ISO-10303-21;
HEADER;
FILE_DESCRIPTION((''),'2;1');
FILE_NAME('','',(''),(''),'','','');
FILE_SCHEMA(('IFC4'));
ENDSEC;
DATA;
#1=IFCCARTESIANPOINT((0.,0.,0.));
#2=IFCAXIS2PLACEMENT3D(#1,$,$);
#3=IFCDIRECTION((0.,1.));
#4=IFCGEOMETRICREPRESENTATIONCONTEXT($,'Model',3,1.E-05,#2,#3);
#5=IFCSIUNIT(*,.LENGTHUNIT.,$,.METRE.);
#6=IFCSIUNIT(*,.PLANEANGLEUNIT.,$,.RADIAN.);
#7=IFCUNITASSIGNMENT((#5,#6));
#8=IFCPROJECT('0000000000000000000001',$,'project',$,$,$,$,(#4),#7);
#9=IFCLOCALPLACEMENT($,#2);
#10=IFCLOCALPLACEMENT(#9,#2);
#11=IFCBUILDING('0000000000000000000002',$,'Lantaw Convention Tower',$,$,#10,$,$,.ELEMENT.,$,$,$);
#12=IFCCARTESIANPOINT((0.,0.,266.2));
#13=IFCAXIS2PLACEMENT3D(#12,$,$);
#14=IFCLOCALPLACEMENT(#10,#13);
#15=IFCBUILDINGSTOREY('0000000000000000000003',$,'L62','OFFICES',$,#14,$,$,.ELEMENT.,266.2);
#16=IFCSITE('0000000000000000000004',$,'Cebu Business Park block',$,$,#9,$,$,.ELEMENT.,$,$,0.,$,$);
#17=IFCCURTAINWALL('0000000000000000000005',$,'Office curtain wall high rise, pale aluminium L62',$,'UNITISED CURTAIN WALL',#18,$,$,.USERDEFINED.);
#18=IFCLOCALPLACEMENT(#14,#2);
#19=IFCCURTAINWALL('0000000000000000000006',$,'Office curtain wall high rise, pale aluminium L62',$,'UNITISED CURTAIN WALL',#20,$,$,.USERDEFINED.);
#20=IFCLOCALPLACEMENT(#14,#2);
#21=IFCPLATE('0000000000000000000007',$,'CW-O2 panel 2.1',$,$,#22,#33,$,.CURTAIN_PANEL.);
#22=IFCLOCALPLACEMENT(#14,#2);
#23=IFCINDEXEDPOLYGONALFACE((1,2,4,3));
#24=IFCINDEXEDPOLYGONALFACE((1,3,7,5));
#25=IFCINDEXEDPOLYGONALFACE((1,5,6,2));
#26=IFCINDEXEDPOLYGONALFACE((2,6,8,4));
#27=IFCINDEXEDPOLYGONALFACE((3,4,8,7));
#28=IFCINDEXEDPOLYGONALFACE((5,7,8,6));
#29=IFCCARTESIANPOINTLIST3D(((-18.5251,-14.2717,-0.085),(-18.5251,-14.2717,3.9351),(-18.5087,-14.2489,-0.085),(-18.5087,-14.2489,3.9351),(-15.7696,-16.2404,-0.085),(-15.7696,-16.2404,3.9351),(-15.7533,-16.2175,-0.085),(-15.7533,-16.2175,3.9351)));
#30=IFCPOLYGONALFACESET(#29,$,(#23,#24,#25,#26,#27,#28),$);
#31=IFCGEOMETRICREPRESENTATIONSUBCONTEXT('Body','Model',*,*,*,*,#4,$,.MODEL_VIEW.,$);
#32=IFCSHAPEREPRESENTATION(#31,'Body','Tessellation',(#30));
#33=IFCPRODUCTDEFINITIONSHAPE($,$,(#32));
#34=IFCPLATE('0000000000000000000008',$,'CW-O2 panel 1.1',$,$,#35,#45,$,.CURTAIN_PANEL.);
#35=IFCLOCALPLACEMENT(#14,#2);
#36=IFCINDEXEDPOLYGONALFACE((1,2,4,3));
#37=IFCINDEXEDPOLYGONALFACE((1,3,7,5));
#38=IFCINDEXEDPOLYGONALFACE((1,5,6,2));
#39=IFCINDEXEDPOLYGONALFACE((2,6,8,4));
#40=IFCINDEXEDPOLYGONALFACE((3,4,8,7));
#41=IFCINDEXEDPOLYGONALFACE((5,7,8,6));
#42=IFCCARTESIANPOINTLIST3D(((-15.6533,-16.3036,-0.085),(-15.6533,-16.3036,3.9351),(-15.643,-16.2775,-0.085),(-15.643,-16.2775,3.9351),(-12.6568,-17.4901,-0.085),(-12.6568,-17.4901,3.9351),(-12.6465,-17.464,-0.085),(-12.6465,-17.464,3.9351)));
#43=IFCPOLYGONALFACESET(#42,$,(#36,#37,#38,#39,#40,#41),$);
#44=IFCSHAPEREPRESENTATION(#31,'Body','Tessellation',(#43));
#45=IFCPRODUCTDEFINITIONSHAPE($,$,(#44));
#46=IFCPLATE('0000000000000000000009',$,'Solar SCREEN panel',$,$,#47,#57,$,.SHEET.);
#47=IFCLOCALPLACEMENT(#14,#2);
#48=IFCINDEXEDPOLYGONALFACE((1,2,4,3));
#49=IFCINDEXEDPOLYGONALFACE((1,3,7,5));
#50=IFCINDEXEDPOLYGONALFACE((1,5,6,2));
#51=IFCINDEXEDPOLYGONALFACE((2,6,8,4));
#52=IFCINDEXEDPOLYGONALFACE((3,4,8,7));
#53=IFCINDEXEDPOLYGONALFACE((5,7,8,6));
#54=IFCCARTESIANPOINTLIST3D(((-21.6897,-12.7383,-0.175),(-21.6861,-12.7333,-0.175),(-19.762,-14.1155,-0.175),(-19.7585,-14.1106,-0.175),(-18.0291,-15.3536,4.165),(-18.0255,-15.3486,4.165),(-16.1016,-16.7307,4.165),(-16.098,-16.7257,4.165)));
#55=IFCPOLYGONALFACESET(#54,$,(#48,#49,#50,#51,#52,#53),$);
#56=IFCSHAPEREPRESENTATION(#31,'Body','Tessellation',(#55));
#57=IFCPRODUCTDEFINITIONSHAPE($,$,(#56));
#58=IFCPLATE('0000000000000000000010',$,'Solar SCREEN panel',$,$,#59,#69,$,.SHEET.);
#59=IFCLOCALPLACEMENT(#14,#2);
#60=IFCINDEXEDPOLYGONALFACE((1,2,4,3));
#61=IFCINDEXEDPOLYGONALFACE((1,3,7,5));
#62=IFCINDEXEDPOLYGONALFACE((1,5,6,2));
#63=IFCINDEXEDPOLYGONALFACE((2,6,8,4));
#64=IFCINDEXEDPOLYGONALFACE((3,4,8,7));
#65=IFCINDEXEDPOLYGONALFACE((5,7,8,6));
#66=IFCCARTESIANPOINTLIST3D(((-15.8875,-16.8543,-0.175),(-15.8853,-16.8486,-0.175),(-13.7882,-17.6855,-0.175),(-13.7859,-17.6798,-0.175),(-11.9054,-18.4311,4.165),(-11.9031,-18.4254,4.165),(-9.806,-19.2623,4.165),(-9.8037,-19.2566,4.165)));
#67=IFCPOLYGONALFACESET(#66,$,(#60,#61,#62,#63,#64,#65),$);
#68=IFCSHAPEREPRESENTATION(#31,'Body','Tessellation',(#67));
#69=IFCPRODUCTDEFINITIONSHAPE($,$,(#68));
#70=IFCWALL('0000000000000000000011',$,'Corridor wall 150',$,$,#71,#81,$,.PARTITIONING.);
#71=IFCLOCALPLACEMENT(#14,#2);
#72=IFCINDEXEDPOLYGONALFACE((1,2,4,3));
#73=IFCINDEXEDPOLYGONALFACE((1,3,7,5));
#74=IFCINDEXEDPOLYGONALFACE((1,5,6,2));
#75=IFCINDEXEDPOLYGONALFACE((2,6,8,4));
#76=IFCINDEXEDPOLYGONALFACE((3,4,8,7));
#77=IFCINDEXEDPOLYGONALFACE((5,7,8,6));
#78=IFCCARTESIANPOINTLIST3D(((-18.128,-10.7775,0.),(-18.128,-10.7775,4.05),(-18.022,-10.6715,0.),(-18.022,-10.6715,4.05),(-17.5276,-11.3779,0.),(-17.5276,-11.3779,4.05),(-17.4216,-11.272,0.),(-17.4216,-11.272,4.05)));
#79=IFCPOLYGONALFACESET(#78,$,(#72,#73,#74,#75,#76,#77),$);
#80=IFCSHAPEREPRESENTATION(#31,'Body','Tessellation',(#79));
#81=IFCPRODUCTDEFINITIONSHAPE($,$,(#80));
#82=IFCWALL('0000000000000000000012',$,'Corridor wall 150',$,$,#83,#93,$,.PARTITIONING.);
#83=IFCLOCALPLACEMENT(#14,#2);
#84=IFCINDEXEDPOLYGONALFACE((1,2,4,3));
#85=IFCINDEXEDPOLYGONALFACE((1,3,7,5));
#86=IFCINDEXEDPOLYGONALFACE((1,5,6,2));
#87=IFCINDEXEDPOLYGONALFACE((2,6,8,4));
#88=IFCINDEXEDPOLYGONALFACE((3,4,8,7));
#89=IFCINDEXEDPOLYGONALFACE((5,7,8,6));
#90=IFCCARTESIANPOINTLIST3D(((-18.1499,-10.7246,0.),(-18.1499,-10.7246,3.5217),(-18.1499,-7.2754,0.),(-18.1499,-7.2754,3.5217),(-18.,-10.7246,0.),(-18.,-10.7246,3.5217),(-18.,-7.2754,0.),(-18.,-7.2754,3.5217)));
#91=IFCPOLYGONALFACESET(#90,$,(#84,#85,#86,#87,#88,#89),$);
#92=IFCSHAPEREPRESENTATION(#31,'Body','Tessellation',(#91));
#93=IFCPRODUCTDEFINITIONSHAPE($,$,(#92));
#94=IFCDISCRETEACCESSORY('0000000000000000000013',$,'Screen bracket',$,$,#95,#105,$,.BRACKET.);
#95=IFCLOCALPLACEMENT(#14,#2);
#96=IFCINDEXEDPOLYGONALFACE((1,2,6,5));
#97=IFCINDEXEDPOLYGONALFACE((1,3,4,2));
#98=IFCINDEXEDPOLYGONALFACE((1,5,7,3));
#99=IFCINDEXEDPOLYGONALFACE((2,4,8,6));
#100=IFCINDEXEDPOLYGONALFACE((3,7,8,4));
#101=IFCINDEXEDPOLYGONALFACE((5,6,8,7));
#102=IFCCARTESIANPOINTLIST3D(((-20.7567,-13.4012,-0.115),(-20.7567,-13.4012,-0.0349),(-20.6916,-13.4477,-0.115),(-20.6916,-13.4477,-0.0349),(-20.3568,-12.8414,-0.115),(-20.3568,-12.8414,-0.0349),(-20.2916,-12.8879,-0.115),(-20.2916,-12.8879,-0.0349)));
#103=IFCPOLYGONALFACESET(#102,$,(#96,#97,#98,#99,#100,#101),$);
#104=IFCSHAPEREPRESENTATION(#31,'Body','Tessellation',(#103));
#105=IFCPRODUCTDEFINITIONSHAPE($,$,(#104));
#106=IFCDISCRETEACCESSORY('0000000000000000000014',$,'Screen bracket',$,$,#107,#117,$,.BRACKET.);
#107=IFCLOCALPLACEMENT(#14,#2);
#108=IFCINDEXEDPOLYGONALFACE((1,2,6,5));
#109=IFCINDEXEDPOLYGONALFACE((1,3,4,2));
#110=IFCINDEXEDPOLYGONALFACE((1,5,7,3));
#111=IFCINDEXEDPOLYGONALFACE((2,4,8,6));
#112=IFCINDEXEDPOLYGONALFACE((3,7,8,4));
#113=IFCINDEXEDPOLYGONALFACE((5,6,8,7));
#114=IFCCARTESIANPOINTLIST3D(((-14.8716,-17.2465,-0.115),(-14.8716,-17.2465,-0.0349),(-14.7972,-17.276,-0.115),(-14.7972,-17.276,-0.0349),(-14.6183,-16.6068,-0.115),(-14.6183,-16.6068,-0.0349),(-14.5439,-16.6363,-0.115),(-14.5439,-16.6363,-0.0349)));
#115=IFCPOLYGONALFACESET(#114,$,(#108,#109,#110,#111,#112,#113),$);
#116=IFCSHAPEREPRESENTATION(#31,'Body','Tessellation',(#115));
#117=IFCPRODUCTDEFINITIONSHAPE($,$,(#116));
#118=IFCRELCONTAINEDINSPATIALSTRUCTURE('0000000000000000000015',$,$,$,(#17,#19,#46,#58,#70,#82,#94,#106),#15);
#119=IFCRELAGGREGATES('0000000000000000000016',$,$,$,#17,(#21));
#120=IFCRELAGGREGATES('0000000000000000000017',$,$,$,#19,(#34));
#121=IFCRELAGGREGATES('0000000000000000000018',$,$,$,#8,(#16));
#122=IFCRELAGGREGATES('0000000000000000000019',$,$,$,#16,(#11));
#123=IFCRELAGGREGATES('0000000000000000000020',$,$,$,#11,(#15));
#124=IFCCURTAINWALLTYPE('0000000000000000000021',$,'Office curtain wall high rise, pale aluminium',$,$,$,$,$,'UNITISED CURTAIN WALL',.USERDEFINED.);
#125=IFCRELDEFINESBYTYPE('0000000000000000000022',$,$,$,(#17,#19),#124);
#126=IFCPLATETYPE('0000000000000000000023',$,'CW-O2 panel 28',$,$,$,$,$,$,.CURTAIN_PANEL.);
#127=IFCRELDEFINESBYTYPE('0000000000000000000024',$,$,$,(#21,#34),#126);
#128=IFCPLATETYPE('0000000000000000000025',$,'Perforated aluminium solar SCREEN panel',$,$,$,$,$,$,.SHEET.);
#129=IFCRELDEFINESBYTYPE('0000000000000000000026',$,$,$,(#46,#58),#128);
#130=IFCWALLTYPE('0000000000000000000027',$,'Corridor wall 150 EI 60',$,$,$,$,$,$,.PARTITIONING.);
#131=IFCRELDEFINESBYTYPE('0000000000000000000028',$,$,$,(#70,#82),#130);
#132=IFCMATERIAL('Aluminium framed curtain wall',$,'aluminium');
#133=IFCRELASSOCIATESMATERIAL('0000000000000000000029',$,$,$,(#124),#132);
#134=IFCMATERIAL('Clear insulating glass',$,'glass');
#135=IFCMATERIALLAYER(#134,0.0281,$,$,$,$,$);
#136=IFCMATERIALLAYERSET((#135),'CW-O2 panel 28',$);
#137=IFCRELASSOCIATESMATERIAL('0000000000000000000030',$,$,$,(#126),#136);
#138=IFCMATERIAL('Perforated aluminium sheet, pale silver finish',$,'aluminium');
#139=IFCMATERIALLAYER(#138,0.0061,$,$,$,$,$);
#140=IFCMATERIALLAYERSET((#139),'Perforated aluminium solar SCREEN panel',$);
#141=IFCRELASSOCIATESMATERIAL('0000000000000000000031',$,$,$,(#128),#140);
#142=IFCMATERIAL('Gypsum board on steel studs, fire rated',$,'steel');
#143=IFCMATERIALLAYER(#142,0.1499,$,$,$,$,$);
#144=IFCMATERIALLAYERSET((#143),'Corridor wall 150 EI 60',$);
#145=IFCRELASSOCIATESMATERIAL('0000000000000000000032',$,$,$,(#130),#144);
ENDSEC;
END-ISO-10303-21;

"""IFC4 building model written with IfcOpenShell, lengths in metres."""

from ifc_helpers import new_model, si_unit, direction, frame, frame_2d, origin, origin_2d, place, context, subcontext, project, spatial, polyline, rectangle, outline, extrude, material, layer, layer_set, type_object, element, aggregate, save


model = new_model("IFC4")

# Units and contexts
model_context = context("Model", 3, precision=1e-05, world=origin(), true_north=direction((0.0, 1.0)))
body_context = subcontext(model_context, "Body", "Model", "MODEL_VIEW")
ifc_project = project(units=[si_unit("LENGTHUNIT", "METRE"), si_unit("PLANEANGLEUNIT", "RADIAN")], contexts=[model_context])

# Site, building, storey
site_placement = place(None, origin())
site = spatial("IfcSite", under=ifc_project, at=site_placement, Name="Cebu Business Park block", CompositionType="ELEMENT", RefElevation=0.0)
building_placement = place(site_placement, origin())
building = spatial("IfcBuilding", under=site, at=building_placement, Name="Lantaw Convention Tower", CompositionType="ELEMENT")
storey_placement = place(building_placement, frame((0.0, 0.0, 266.2)))
storey = spatial("IfcBuildingStorey", under=building, at=storey_placement, Name="L62", Description="OFFICES", CompositionType="ELEMENT", Elevation=266.2)

# Curtain wall
ifc_material_1 = material(Name="Aluminium framed curtain wall", Category="aluminium")
curtain_wall_type = type_object("IfcCurtainWallType", Name="Office curtain wall high rise, pale aluminium", ElementType="UNITISED CURTAIN WALL", PredefinedType="USERDEFINED", material=ifc_material_1)
curtain_wall_1_placement = place(storey_placement, origin())
curtain_wall_1 = element("IfcCurtainWall", 1, at=curtain_wall_1_placement, inside=storey, type_object=curtain_wall_type, Name="Office curtain wall high rise, pale aluminium L62", ObjectType="UNITISED CURTAIN WALL", PredefinedType="USERDEFINED")

# Curtain wall
curtain_wall_2_placement = place(storey_placement, origin())
curtain_wall_2 = element("IfcCurtainWall", 2, at=curtain_wall_2_placement, inside=storey, type_object=curtain_wall_type, Name="Office curtain wall high rise, pale aluminium L62", ObjectType="UNITISED CURTAIN WALL", PredefinedType="USERDEFINED")

# Plates
ifc_material_2 = material(Name="Clear insulating glass", Category="glass")
ifc_layer_1 = layer(ifc_material_2, 0.0281)
ifc_layer_set_1 = layer_set([ifc_layer_1], Name="CW-O2 panel 28")
plate_type_1 = type_object("IfcPlateType", Name="CW-O2 panel 28", PredefinedType="CURTAIN_PANEL", material=ifc_layer_set_1)
plate_1_placement = place(storey_placement, frame((-17.1392, -15.2446, -0.085), z_axis=(0.0, 0.0, 1.0), x_axis=(0.813673, -0.581323, 0.0)))
plate_1 = element("IfcPlate", 3, at=plate_1_placement, type_object=plate_type_1, Name="CW-O2 panel 2.1", PredefinedType="CURTAIN_PANEL", context=body_context, shape_type="SweptSolid", body=[
    extrude(rectangle(XDim=3.3865, YDim=0.0281, at=origin_2d()), origin(), (0.0, 0.0, 1.0), 4.02),
])
aggregate(curtain_wall_1, [plate_1])
plate_2_placement = place(storey_placement, frame((-14.1499, -16.8838, -0.085), z_axis=(0.0, 0.0, 1.0), x_axis=(0.929762, -0.368162, 0.0)))
plate_2 = element("IfcPlate", 4, at=plate_2_placement, type_object=plate_type_1, Name="CW-O2 panel 1.1", PredefinedType="CURTAIN_PANEL", context=body_context, shape_type="SweptSolid", body=[
    extrude(rectangle(XDim=3.2229, YDim=0.0281, at=origin_2d()), origin(), (0.0, 0.0, 1.0), 4.02),
])
aggregate(curtain_wall_2, [plate_2])

# Plates
ifc_material_3 = material(Name="Perforated aluminium sheet, pale silver finish", Category="aluminium")
ifc_layer_2 = layer(ifc_material_3, 0.0061)
ifc_layer_set_2 = layer_set([ifc_layer_2], Name="Perforated aluminium solar SCREEN panel")
plate_type_2 = type_object("IfcPlateType", Name="Perforated aluminium solar SCREEN panel", PredefinedType="SHEET", material=ifc_layer_set_2)
plate_3_placement = place(storey_placement, frame((-21.6897, -12.7383, -0.175), z_axis=(-0.581331, -0.813667, 0.00001), x_axis=(0.813667, -0.581331, 0.0)))
element("IfcPlate", 5, at=plate_3_placement, inside=storey, type_object=plate_type_2, Name="Solar SCREEN panel", PredefinedType="SHEET", context=body_context, shape_type="SweptSolid", body=[
    extrude(outline(polyline([(0.0, 0.0), (2.3691, 0.0), (6.8678, 4.3401), (4.4989, 4.3401), (0.0, 0.0)])), origin(), (0.0, 0.0, -1.0), 0.0061),
])
plate_4_placement = place(storey_placement, frame((-15.8853, -16.8486, -0.175), z_axis=(0.368117, 0.92978, 0.000036), x_axis=(0.92978, -0.368117, 0.0)))
element("IfcPlate", 6, at=plate_4_placement, inside=storey, type_object=plate_type_2, Name="Solar SCREEN panel", PredefinedType="SHEET", context=body_context, shape_type="SweptSolid", body=[
    extrude(outline(polyline([(0.0, 0.0), (2.2579, 0.0), (6.5409, -4.3401), (4.2829, -4.3401), (0.0, 0.0)])), origin(), (0.0, 0.0, -1.0), 0.0061),
])

# Walls
ifc_material_4 = material(Name="Gypsum board on steel studs, fire rated", Category="steel")
ifc_layer_3 = layer(ifc_material_4, 0.1499)
ifc_layer_set_3 = layer_set([ifc_layer_3], Name="Corridor wall 150 EI 60")
wall_type = type_object("IfcWallType", Name="Corridor wall 150 EI 60", PredefinedType="PARTITIONING", material=ifc_layer_set_3)
wall_1_placement = place(storey_placement, frame((-17.4746, -11.325, 0.0), z_axis=(0.0, 0.0, 1.0), x_axis=(-0.707107, 0.707107, 0.0)))
element("IfcWall", 7, at=wall_1_placement, inside=storey, type_object=wall_type, Name="Corridor wall 150", PredefinedType="PARTITIONING", context=body_context, shape_type="SweptSolid", body=[
    extrude(rectangle(XDim=0.8491, YDim=0.1499, at=frame_2d((0.4246, 0.0))), origin(), (0.0, 0.0, 1.0), 4.05),
])
wall_2_placement = place(storey_placement, frame((-18.075, -10.7246, 0.0), z_axis=(0.0, 0.0, 1.0), x_axis=(0.0, 1.0, 0.0)))
element("IfcWall", 8, at=wall_2_placement, inside=storey, type_object=wall_type, Name="Corridor wall 150", PredefinedType="PARTITIONING", context=body_context, shape_type="SweptSolid", body=[
    extrude(rectangle(XDim=3.4492, YDim=0.1499, at=frame_2d((1.7246, 0.0))), origin(), (0.0, 0.0, 1.0), 3.5217),
])

# Discrete accessories
for number, where, z_axis, x_axis, name in (
    (9, (-20.5242, -13.1445, -0.115), (0.0, 0.0, 1.0), (0.813673, -0.581323, 0.0), "Screen bracket"),
    (10, (-14.7078, -16.9414, -0.115), (0.0, 0.0, 1.0), (0.929762, -0.368162, 0.0), "Screen bracket"),
):
    element("IfcDiscreteAccessory", number, at=place(storey_placement, frame(where, z_axis=z_axis, x_axis=x_axis)), inside=storey, Name=name, PredefinedType="BRACKET", context=body_context, shape_type="SweptSolid", body=[
        extrude(rectangle(XDim=0.0801, YDim=0.688, at=origin_2d()), origin(), (0.0, 0.0, 1.0), 0.0801),
    ])

save(model, "model.ifc")
